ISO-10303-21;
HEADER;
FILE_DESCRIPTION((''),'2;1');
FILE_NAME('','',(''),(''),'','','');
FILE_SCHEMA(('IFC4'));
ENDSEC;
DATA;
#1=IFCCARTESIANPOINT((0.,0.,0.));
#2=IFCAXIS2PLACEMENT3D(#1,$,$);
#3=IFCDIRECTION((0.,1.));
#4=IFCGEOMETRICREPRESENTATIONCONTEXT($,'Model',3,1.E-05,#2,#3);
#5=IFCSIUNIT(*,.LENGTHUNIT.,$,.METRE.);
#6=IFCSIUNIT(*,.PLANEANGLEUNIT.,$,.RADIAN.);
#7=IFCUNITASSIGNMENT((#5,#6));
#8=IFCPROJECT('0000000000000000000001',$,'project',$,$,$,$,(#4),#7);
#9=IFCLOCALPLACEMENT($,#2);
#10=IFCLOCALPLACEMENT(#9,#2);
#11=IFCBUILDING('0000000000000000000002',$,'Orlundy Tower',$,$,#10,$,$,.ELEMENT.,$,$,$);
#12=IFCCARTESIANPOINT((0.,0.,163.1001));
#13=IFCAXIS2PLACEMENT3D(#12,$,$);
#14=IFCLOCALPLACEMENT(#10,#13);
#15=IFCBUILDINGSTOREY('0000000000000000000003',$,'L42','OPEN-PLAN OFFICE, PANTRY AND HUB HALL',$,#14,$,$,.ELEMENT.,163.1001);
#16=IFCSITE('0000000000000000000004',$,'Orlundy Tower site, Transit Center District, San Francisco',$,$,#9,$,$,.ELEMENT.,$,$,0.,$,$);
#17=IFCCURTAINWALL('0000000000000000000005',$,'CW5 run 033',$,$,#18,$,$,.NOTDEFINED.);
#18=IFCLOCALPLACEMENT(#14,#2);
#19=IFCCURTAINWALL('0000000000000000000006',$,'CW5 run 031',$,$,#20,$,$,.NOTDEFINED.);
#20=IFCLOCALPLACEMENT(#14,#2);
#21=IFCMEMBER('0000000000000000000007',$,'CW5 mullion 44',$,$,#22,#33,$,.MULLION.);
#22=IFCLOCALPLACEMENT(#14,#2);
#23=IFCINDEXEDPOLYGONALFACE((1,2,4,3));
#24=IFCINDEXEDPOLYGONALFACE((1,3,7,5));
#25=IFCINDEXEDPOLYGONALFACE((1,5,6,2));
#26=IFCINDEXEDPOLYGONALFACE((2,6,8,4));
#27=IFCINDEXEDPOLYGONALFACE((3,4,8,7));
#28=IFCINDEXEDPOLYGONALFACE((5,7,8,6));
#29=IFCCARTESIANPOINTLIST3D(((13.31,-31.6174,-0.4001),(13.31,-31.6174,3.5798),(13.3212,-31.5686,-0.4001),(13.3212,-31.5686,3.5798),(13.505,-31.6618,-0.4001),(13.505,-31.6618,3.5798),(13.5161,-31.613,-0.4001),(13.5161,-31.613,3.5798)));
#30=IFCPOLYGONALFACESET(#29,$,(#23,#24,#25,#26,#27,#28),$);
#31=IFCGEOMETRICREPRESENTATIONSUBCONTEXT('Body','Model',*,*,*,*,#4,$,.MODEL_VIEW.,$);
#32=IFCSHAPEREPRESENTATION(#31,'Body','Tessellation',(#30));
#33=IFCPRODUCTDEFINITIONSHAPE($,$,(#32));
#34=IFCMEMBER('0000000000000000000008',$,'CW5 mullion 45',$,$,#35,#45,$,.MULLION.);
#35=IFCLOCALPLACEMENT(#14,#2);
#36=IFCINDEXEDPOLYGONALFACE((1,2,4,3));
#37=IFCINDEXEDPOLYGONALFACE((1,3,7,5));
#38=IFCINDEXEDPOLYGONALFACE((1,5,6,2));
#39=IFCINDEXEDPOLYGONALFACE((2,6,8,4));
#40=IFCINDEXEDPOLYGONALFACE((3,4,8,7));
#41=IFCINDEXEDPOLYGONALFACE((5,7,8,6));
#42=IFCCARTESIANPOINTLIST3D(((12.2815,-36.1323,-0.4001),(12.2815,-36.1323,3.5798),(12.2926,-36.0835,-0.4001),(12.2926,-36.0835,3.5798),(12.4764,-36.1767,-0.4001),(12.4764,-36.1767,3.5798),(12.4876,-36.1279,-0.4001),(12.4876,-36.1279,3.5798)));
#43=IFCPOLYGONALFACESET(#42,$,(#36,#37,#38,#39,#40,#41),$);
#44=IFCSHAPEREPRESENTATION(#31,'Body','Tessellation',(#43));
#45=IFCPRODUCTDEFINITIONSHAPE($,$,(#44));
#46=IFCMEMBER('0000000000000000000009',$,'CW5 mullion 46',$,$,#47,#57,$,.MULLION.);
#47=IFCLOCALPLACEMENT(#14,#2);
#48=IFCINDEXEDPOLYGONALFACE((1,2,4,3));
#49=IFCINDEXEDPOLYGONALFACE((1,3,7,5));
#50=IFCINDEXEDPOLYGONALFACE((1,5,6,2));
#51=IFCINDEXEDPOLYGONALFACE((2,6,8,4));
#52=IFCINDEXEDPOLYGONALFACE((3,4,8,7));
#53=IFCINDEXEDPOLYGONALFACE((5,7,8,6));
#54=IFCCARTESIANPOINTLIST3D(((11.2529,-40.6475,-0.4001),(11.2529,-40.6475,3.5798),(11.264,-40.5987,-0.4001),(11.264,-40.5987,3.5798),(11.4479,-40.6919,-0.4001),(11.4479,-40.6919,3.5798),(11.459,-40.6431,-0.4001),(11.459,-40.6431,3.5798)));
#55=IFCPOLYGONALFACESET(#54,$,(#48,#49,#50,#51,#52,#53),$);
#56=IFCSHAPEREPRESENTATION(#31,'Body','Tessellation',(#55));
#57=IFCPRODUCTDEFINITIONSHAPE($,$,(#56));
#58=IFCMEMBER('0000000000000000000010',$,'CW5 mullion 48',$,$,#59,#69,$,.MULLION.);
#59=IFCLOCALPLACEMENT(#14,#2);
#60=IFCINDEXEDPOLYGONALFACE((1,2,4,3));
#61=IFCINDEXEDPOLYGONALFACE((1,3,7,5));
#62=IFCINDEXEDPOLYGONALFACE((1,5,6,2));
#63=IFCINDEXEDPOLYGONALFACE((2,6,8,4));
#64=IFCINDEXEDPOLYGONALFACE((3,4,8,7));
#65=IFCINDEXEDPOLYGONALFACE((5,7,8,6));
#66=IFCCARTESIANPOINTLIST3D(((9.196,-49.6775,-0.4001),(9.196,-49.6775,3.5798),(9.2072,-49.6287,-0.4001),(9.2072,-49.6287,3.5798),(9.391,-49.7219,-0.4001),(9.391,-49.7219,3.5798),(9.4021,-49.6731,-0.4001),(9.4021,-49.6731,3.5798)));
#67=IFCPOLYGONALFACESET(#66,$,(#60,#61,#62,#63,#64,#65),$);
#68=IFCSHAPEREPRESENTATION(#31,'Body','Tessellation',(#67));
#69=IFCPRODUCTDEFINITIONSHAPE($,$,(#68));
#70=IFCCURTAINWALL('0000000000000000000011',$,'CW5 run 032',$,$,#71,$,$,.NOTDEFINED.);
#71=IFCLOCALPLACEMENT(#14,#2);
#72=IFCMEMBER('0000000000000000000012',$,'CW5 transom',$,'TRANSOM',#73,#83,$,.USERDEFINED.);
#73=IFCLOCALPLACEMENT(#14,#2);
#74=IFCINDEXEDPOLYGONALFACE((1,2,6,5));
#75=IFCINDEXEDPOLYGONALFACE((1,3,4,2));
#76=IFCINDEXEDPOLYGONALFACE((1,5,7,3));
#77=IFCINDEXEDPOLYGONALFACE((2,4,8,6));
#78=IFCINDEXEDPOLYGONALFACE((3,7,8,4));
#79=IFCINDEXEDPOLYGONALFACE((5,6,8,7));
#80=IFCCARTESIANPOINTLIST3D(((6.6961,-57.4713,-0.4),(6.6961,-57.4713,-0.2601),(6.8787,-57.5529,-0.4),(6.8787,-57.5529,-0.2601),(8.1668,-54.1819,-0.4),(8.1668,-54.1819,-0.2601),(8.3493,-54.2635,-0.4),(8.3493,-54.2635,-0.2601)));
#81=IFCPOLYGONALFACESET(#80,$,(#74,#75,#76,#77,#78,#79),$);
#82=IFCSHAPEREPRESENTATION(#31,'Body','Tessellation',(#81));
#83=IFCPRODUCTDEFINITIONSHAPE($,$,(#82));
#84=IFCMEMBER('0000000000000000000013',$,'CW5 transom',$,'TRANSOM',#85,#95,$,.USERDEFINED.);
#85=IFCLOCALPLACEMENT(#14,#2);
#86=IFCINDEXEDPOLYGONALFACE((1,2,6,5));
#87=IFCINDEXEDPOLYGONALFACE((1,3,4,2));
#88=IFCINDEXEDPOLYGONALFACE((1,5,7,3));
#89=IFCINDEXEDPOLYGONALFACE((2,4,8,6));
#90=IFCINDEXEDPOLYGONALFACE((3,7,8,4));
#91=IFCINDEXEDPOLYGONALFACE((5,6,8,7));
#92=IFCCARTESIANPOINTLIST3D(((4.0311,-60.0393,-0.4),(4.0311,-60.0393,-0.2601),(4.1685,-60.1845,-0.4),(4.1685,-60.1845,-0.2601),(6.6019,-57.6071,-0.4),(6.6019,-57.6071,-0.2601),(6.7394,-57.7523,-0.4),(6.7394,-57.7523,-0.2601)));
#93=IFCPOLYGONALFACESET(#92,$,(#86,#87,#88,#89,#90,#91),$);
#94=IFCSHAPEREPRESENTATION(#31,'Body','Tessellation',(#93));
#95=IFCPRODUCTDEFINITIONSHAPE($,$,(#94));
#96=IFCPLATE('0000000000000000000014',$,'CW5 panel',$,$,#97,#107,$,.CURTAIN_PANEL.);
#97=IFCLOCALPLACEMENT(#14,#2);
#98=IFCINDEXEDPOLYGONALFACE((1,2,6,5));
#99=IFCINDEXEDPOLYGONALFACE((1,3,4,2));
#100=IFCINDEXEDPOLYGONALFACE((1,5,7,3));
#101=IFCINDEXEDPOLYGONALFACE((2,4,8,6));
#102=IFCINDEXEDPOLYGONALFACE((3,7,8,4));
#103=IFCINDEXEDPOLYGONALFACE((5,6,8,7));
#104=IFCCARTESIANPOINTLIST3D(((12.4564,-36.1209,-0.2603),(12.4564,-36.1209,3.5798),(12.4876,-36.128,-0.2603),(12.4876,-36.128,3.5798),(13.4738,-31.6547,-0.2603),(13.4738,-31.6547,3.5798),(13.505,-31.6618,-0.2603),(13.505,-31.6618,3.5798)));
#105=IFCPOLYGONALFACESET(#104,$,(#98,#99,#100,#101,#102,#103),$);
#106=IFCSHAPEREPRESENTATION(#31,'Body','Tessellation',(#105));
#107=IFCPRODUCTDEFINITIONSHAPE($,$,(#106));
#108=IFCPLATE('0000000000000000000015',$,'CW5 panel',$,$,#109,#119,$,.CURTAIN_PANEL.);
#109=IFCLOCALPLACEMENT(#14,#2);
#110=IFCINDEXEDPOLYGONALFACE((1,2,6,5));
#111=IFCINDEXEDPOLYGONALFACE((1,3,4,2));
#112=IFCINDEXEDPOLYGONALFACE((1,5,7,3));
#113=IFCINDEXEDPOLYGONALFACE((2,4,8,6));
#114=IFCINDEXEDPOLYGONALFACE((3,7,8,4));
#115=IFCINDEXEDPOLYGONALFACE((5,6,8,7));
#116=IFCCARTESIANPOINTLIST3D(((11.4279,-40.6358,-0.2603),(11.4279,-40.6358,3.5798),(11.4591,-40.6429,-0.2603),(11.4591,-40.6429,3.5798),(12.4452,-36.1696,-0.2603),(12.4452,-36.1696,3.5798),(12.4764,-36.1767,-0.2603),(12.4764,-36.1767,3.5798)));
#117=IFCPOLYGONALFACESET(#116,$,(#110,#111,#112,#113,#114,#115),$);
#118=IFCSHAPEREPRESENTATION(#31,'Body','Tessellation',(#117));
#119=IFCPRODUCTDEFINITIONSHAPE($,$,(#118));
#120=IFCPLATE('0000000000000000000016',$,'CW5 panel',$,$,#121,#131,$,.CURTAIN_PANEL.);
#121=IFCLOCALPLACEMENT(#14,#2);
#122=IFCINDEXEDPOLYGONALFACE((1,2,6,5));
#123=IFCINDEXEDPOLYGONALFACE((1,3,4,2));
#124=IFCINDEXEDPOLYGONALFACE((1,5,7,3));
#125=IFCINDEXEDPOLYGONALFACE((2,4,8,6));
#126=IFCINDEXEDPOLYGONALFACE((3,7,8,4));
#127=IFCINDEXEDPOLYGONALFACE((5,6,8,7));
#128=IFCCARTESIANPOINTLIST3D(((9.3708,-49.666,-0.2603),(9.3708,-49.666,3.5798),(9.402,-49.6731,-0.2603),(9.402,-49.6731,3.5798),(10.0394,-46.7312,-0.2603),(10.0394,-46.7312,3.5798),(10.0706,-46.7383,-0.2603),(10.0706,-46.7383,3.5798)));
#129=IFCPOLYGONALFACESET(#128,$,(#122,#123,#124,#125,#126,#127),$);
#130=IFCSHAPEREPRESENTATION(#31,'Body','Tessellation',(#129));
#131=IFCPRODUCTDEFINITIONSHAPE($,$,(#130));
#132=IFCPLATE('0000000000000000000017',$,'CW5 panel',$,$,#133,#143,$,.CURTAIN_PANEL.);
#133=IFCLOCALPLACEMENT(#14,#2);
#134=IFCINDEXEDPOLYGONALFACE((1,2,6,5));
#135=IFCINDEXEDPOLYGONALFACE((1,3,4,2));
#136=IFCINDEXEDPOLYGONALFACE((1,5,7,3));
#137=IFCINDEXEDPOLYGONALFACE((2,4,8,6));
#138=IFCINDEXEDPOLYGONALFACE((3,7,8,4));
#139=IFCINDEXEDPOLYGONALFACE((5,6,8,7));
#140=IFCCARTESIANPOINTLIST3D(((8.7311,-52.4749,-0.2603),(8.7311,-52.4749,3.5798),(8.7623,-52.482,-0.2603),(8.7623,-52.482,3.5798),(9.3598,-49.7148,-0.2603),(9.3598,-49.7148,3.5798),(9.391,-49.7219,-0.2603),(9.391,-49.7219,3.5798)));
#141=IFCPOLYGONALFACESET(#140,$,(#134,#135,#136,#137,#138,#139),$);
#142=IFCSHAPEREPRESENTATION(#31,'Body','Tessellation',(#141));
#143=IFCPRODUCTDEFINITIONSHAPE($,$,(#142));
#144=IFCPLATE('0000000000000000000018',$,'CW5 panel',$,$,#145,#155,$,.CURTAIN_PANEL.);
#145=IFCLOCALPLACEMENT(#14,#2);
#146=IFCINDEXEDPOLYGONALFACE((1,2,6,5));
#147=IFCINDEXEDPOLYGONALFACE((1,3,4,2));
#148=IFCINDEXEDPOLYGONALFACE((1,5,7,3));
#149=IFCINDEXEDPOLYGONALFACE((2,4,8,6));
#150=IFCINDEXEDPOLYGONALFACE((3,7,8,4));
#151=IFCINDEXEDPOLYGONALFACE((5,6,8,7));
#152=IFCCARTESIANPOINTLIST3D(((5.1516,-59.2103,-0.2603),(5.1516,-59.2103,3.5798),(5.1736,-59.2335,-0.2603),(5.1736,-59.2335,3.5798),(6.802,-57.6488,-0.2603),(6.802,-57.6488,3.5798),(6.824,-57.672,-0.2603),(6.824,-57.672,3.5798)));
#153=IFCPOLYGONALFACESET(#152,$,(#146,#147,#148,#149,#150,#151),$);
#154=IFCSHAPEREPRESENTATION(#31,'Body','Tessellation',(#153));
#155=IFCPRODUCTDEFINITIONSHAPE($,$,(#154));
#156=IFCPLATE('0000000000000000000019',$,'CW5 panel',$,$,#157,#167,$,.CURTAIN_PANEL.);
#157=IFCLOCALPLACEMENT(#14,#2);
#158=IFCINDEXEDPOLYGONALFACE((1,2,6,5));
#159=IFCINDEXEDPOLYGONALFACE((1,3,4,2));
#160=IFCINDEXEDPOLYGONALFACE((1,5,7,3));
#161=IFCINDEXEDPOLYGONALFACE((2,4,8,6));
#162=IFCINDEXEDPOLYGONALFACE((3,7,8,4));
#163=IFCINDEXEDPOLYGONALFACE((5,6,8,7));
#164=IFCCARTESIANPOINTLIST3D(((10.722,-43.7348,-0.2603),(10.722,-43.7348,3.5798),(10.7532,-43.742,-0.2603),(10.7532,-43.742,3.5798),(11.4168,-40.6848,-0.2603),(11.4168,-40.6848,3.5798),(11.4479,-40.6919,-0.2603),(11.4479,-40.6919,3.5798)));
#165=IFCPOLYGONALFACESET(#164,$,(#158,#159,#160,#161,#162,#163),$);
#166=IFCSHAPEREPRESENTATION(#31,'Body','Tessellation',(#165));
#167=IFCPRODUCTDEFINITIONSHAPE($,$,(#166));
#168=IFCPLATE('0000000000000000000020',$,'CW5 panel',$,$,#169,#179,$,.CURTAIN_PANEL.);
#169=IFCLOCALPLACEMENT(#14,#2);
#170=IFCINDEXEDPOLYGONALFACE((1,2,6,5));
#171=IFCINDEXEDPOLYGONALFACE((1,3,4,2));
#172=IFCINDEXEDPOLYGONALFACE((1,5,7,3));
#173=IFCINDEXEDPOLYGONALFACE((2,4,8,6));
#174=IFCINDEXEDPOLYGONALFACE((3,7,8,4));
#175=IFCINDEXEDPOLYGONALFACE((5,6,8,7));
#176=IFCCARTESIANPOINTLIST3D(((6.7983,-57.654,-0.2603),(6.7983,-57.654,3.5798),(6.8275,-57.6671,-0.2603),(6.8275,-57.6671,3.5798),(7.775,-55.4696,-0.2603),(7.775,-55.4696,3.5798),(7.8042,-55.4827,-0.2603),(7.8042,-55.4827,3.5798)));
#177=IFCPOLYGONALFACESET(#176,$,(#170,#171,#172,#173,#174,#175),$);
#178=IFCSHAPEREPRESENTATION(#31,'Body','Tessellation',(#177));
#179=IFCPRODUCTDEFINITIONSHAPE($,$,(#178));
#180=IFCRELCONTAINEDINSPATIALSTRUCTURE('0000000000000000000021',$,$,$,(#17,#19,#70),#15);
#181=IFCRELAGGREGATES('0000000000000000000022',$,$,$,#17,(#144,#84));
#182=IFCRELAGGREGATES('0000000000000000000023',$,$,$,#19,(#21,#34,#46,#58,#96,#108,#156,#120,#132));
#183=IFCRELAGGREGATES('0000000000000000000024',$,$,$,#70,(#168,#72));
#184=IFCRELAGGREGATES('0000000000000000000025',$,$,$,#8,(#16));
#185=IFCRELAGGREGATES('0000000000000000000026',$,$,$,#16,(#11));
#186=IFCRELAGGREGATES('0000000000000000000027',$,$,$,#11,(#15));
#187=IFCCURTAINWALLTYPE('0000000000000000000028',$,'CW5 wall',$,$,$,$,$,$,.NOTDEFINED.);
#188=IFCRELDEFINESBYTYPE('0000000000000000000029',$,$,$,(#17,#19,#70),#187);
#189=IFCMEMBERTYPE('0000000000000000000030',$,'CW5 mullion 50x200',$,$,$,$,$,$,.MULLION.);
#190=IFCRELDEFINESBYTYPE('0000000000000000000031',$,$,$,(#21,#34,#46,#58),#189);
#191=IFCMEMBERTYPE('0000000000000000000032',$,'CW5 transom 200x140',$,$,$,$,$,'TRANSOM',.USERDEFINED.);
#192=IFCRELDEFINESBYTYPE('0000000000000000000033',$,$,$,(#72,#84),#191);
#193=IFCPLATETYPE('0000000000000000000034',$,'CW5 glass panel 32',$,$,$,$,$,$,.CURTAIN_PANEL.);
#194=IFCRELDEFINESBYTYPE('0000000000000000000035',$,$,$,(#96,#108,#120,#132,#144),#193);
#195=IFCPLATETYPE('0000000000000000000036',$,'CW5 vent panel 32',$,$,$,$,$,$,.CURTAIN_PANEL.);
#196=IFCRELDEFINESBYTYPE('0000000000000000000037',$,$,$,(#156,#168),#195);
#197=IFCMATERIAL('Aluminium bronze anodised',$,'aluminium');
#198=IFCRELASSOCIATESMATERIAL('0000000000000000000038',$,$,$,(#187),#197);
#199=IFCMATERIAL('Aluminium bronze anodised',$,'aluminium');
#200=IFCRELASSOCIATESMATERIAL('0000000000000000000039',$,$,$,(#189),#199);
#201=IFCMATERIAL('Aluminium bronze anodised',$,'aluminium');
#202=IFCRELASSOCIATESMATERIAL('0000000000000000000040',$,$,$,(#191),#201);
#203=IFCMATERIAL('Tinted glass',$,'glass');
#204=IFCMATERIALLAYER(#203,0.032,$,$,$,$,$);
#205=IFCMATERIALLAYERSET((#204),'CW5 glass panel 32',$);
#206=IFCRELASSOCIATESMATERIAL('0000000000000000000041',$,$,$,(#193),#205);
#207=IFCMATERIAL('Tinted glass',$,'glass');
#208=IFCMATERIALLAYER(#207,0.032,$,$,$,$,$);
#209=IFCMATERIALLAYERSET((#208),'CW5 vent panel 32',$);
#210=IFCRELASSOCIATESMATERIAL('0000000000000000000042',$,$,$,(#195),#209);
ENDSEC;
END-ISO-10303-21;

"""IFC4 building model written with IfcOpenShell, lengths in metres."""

from ifc_helpers import new_model, si_unit, direction, frame, origin, origin_2d, place, context, subcontext, project, spatial, rectangle, extrude, material, layer, layer_set, material_profile, profile_set, type_object, element, aggregate, save


model = new_model("IFC4")

# Units and contexts
model_context = context("Model", 3, precision=1e-05, world=origin(), true_north=direction((0.0, 1.0)))
body_context = subcontext(model_context, "Body", "Model", "MODEL_VIEW")
ifc_project = project(units=[si_unit("LENGTHUNIT", "METRE"), si_unit("PLANEANGLEUNIT", "RADIAN")], contexts=[model_context])

# Site, building, storey
site_placement = place(None, origin())
site = spatial("IfcSite", under=ifc_project, at=site_placement, Name="Orlundy Tower site, Transit Center District, San Francisco", CompositionType="ELEMENT", RefElevation=0.0)
building_placement = place(site_placement, origin())
building = spatial("IfcBuilding", under=site, at=building_placement, Name="Orlundy Tower", CompositionType="ELEMENT")
storey_placement = place(building_placement, frame((0.0, 0.0, 163.1001)))
storey = spatial("IfcBuildingStorey", under=building, at=storey_placement, Name="L42", Description="OPEN-PLAN OFFICE, PANTRY AND HUB HALL", CompositionType="ELEMENT", Elevation=163.1001)

# Curtain wall
ifc_material_1 = material(Name="Aluminium bronze anodised", Category="aluminium")
curtain_wall_type = type_object("IfcCurtainWallType", Name="CW5 wall", PredefinedType="NOTDEFINED", material=ifc_material_1)
curtain_wall_1_placement = place(storey_placement, origin())
curtain_wall_1 = element("IfcCurtainWall", 1, at=curtain_wall_1_placement, inside=storey, type_object=curtain_wall_type, Name="CW5 run 033", PredefinedType="NOTDEFINED")

# Curtain wall, members
curtain_wall_2_placement = place(storey_placement, origin())
curtain_wall_2 = element("IfcCurtainWall", 2, at=curtain_wall_2_placement, inside=storey, type_object=curtain_wall_type, Name="CW5 run 031", PredefinedType="NOTDEFINED")
ifc_material_2 = material(Name="Aluminium bronze anodised", Category="aluminium")
ifc_material_profile_1 = material_profile(ifc_material_2, rectangle(XDim=0.2, YDim=0.05, at=origin_2d()), Name="CW5 mullion 50x200")
ifc_profile_set_1 = profile_set([ifc_material_profile_1], Name="Aluminium bronze anodised")
member_type_1 = type_object("IfcMemberType", Name="CW5 mullion 50x200", PredefinedType="MULLION", material=ifc_profile_set_1)
member_1_placement = place(storey_placement, frame((13.4131, -31.6152, -0.4001), z_axis=(0.0, 0.0, 1.0), x_axis=(0.975022, -0.222106, 0.0)))
member_1 = element("IfcMember", 3, at=member_1_placement, type_object=member_type_1, Name="CW5 mullion 44", PredefinedType="MULLION", context=body_context, shape_type="SweptSolid", body=[
    extrude(rectangle(XDim=0.2, YDim=0.05, at=origin_2d()), origin(), (0.0, 0.0, 1.0), 3.98),
])
member_2_placement = place(storey_placement, frame((12.3845, -36.1301, -0.4001), z_axis=(0.0, 0.0, 1.0), x_axis=(0.975022, -0.222106, 0.0)))
member_2 = element("IfcMember", 4, at=member_2_placement, type_object=member_type_1, Name="CW5 mullion 45", PredefinedType="MULLION", context=body_context, shape_type="SweptSolid", body=[
    extrude(rectangle(XDim=0.2, YDim=0.05, at=origin_2d()), origin(), (0.0, 0.0, 1.0), 3.98),
])
member_3_placement = place(storey_placement, frame((11.356, -40.6453, -0.4001), z_axis=(0.0, 0.0, 1.0), x_axis=(0.975022, -0.222106, 0.0)))
member_3 = element("IfcMember", 5, at=member_3_placement, type_object=member_type_1, Name="CW5 mullion 46", PredefinedType="MULLION", context=body_context, shape_type="SweptSolid", body=[
    extrude(rectangle(XDim=0.2, YDim=0.05, at=origin_2d()), origin(), (0.0, 0.0, 1.0), 3.98),
])
member_4_placement = place(storey_placement, frame((9.2991, -49.6753, -0.4001), z_axis=(0.0, 0.0, 1.0), x_axis=(0.975022, -0.222106, 0.0)))
member_4 = element("IfcMember", 6, at=member_4_placement, type_object=member_type_1, Name="CW5 mullion 48", PredefinedType="MULLION", context=body_context, shape_type="SweptSolid", body=[
    extrude(rectangle(XDim=0.2, YDim=0.05, at=origin_2d()), origin(), (0.0, 0.0, 1.0), 3.98),
])

# Curtain wall, member
curtain_wall_3_placement = place(storey_placement, origin())
curtain_wall_3 = element("IfcCurtainWall", 7, at=curtain_wall_3_placement, inside=storey, type_object=curtain_wall_type, Name="CW5 run 032", PredefinedType="NOTDEFINED")
ifc_material_3 = material(Name="Aluminium bronze anodised", Category="aluminium")
ifc_material_profile_2 = material_profile(ifc_material_3, rectangle(XDim=0.2, YDim=0.1399, at=origin_2d()), Name="CW5 transom 200x140")
ifc_profile_set_2 = profile_set([ifc_material_profile_2], Name="Aluminium bronze anodised")
member_type_2 = type_object("IfcMemberType", Name="CW5 transom 200x140", ElementType="TRANSOM", PredefinedType="USERDEFINED", material=ifc_profile_set_2)
member_5_placement = place(storey_placement, frame((8.2581, -54.2227, -0.3301), z_axis=(-0.408149, -0.912915, 0.0), x_axis=(0.912915, -0.408149, 0.0)))
member_5 = element("IfcMember", 8, at=member_5_placement, type_object=member_type_2, Name="CW5 transom", ObjectType="TRANSOM", PredefinedType="USERDEFINED", context=body_context, shape_type="SweptSolid", body=[
    extrude(rectangle(XDim=0.2, YDim=0.1399, at=origin_2d()), origin(), (0.0, 0.0, 1.0), 3.6033),
])

# Member
member_6_placement = place(storey_placement, frame((6.6707, -57.6797, -0.3301), z_axis=(-0.726427, -0.687243, 0.0), x_axis=(0.687243, -0.726427, 0.0)))
member_6 = element("IfcMember", 9, at=member_6_placement, type_object=member_type_2, Name="CW5 transom", ObjectType="TRANSOM", PredefinedType="USERDEFINED", context=body_context, shape_type="SweptSolid", body=[
    extrude(rectangle(XDim=0.2, YDim=0.1399, at=origin_2d()), origin(), (0.0, 0.0, 1.0), 3.5391),
])

# Plates
ifc_material_4 = material(Name="Tinted glass", Category="glass")
ifc_layer_1 = layer(ifc_material_4, 0.032)
ifc_layer_set_1 = layer_set([ifc_layer_1], Name="CW5 glass panel 32")
plate_type_1 = type_object("IfcPlateType", Name="CW5 glass panel 32", PredefinedType="CURTAIN_PANEL", material=ifc_layer_set_1)
plate_1_placement = place(storey_placement, frame((12.9807, -33.8914, -0.2603), z_axis=(0.0, 0.0, 1.0), x_axis=(-0.222106, -0.975022, 0.0)))
plate_1 = element("IfcPlate", 10, at=plate_1_placement, type_object=plate_type_1, Name="CW5 panel", PredefinedType="CURTAIN_PANEL", context=body_context, shape_type="SweptSolid", body=[
    extrude(rectangle(XDim=4.5806, YDim=0.032, at=origin_2d()), origin(), (0.0, 0.0, 1.0), 3.8401),
])
plate_2_placement = place(storey_placement, frame((11.9521, -38.4062, -0.2603), z_axis=(0.0, 0.0, 1.0), x_axis=(-0.222106, -0.975022, 0.0)))
plate_2 = element("IfcPlate", 11, at=plate_2_placement, type_object=plate_type_1, Name="CW5 panel", PredefinedType="CURTAIN_PANEL", context=body_context, shape_type="SweptSolid", body=[
    extrude(rectangle(XDim=4.5806, YDim=0.032, at=origin_2d()), origin(), (0.0, 0.0, 1.0), 3.8401),
])
plate_3_placement = place(storey_placement, frame((9.7207, -48.2021, -0.2603), z_axis=(0.0, 0.0, 1.0), x_axis=(-0.222106, -0.975022, 0.0)))
plate_3 = element("IfcPlate", 12, at=plate_3_placement, type_object=plate_type_1, Name="CW5 panel", PredefinedType="CURTAIN_PANEL", context=body_context, shape_type="SweptSolid", body=[
    extrude(rectangle(XDim=3.01, YDim=0.032, at=origin_2d()), origin(), (0.0, 0.0, 1.0), 3.8401),
])
plate_4_placement = place(storey_placement, frame((9.061, -51.0984, -0.2603), z_axis=(0.0, 0.0, 1.0), x_axis=(-0.222106, -0.975022, 0.0)))
plate_4 = element("IfcPlate", 13, at=plate_4_placement, type_object=plate_type_1, Name="CW5 panel", PredefinedType="CURTAIN_PANEL", context=body_context, shape_type="SweptSolid", body=[
    extrude(rectangle(XDim=2.8308, YDim=0.032, at=origin_2d()), origin(), (0.0, 0.0, 1.0), 3.8401),
])
plate_5_placement = place(storey_placement, frame((5.9878, -58.4412, -0.2603), z_axis=(0.0, 0.0, 1.0), x_axis=(-0.726392, -0.687281, 0.0)))
plate_5 = element("IfcPlate", 14, at=plate_5_placement, type_object=plate_type_1, Name="CW5 panel", PredefinedType="CURTAIN_PANEL", context=body_context, shape_type="SweptSolid", body=[
    extrude(rectangle(XDim=2.272, YDim=0.032, at=origin_2d()), origin(), (0.0, 0.0, 1.0), 3.8401),
])
aggregate(curtain_wall_1, [plate_5, member_6])
ifc_material_5 = material(Name="Tinted glass", Category="glass")
ifc_layer_2 = layer(ifc_material_5, 0.032)
ifc_layer_set_2 = layer_set([ifc_layer_2], Name="CW5 vent panel 32")
plate_type_2 = type_object("IfcPlateType", Name="CW5 vent panel 32", PredefinedType="CURTAIN_PANEL", material=ifc_layer_set_2)
plate_6_placement = place(storey_placement, frame((11.085, -42.2134, -0.2603), z_axis=(0.0, 0.0, 1.0), x_axis=(-0.222106, -0.975022, 0.0)))
plate_6 = element("IfcPlate", 15, at=plate_6_placement, type_object=plate_type_2, Name="CW5 panel", PredefinedType="CURTAIN_PANEL", context=body_context, shape_type="SweptSolid", body=[
    extrude(rectangle(XDim=3.1282, YDim=0.032, at=origin_2d()), origin(), (0.0, 0.0, 1.0), 3.8401),
])
aggregate(curtain_wall_2, [member_1, member_2, member_3, member_4, plate_1, plate_2, plate_6, plate_3, plate_4])
plate_7_placement = place(storey_placement, frame((7.3013, -56.5684, -0.2603), z_axis=(0.0, 0.0, 1.0), x_axis=(-0.408165, -0.912908, 0.0)))
plate_7 = element("IfcPlate", 16, at=plate_7_placement, type_object=plate_type_2, Name="CW5 panel", PredefinedType="CURTAIN_PANEL", context=body_context, shape_type="SweptSolid", body=[
    extrude(rectangle(XDim=2.3928, YDim=0.032, at=origin_2d()), origin(), (0.0, 0.0, 1.0), 3.8401),
])
aggregate(curtain_wall_3, [plate_7, member_5])

save(model, "model.ifc")
